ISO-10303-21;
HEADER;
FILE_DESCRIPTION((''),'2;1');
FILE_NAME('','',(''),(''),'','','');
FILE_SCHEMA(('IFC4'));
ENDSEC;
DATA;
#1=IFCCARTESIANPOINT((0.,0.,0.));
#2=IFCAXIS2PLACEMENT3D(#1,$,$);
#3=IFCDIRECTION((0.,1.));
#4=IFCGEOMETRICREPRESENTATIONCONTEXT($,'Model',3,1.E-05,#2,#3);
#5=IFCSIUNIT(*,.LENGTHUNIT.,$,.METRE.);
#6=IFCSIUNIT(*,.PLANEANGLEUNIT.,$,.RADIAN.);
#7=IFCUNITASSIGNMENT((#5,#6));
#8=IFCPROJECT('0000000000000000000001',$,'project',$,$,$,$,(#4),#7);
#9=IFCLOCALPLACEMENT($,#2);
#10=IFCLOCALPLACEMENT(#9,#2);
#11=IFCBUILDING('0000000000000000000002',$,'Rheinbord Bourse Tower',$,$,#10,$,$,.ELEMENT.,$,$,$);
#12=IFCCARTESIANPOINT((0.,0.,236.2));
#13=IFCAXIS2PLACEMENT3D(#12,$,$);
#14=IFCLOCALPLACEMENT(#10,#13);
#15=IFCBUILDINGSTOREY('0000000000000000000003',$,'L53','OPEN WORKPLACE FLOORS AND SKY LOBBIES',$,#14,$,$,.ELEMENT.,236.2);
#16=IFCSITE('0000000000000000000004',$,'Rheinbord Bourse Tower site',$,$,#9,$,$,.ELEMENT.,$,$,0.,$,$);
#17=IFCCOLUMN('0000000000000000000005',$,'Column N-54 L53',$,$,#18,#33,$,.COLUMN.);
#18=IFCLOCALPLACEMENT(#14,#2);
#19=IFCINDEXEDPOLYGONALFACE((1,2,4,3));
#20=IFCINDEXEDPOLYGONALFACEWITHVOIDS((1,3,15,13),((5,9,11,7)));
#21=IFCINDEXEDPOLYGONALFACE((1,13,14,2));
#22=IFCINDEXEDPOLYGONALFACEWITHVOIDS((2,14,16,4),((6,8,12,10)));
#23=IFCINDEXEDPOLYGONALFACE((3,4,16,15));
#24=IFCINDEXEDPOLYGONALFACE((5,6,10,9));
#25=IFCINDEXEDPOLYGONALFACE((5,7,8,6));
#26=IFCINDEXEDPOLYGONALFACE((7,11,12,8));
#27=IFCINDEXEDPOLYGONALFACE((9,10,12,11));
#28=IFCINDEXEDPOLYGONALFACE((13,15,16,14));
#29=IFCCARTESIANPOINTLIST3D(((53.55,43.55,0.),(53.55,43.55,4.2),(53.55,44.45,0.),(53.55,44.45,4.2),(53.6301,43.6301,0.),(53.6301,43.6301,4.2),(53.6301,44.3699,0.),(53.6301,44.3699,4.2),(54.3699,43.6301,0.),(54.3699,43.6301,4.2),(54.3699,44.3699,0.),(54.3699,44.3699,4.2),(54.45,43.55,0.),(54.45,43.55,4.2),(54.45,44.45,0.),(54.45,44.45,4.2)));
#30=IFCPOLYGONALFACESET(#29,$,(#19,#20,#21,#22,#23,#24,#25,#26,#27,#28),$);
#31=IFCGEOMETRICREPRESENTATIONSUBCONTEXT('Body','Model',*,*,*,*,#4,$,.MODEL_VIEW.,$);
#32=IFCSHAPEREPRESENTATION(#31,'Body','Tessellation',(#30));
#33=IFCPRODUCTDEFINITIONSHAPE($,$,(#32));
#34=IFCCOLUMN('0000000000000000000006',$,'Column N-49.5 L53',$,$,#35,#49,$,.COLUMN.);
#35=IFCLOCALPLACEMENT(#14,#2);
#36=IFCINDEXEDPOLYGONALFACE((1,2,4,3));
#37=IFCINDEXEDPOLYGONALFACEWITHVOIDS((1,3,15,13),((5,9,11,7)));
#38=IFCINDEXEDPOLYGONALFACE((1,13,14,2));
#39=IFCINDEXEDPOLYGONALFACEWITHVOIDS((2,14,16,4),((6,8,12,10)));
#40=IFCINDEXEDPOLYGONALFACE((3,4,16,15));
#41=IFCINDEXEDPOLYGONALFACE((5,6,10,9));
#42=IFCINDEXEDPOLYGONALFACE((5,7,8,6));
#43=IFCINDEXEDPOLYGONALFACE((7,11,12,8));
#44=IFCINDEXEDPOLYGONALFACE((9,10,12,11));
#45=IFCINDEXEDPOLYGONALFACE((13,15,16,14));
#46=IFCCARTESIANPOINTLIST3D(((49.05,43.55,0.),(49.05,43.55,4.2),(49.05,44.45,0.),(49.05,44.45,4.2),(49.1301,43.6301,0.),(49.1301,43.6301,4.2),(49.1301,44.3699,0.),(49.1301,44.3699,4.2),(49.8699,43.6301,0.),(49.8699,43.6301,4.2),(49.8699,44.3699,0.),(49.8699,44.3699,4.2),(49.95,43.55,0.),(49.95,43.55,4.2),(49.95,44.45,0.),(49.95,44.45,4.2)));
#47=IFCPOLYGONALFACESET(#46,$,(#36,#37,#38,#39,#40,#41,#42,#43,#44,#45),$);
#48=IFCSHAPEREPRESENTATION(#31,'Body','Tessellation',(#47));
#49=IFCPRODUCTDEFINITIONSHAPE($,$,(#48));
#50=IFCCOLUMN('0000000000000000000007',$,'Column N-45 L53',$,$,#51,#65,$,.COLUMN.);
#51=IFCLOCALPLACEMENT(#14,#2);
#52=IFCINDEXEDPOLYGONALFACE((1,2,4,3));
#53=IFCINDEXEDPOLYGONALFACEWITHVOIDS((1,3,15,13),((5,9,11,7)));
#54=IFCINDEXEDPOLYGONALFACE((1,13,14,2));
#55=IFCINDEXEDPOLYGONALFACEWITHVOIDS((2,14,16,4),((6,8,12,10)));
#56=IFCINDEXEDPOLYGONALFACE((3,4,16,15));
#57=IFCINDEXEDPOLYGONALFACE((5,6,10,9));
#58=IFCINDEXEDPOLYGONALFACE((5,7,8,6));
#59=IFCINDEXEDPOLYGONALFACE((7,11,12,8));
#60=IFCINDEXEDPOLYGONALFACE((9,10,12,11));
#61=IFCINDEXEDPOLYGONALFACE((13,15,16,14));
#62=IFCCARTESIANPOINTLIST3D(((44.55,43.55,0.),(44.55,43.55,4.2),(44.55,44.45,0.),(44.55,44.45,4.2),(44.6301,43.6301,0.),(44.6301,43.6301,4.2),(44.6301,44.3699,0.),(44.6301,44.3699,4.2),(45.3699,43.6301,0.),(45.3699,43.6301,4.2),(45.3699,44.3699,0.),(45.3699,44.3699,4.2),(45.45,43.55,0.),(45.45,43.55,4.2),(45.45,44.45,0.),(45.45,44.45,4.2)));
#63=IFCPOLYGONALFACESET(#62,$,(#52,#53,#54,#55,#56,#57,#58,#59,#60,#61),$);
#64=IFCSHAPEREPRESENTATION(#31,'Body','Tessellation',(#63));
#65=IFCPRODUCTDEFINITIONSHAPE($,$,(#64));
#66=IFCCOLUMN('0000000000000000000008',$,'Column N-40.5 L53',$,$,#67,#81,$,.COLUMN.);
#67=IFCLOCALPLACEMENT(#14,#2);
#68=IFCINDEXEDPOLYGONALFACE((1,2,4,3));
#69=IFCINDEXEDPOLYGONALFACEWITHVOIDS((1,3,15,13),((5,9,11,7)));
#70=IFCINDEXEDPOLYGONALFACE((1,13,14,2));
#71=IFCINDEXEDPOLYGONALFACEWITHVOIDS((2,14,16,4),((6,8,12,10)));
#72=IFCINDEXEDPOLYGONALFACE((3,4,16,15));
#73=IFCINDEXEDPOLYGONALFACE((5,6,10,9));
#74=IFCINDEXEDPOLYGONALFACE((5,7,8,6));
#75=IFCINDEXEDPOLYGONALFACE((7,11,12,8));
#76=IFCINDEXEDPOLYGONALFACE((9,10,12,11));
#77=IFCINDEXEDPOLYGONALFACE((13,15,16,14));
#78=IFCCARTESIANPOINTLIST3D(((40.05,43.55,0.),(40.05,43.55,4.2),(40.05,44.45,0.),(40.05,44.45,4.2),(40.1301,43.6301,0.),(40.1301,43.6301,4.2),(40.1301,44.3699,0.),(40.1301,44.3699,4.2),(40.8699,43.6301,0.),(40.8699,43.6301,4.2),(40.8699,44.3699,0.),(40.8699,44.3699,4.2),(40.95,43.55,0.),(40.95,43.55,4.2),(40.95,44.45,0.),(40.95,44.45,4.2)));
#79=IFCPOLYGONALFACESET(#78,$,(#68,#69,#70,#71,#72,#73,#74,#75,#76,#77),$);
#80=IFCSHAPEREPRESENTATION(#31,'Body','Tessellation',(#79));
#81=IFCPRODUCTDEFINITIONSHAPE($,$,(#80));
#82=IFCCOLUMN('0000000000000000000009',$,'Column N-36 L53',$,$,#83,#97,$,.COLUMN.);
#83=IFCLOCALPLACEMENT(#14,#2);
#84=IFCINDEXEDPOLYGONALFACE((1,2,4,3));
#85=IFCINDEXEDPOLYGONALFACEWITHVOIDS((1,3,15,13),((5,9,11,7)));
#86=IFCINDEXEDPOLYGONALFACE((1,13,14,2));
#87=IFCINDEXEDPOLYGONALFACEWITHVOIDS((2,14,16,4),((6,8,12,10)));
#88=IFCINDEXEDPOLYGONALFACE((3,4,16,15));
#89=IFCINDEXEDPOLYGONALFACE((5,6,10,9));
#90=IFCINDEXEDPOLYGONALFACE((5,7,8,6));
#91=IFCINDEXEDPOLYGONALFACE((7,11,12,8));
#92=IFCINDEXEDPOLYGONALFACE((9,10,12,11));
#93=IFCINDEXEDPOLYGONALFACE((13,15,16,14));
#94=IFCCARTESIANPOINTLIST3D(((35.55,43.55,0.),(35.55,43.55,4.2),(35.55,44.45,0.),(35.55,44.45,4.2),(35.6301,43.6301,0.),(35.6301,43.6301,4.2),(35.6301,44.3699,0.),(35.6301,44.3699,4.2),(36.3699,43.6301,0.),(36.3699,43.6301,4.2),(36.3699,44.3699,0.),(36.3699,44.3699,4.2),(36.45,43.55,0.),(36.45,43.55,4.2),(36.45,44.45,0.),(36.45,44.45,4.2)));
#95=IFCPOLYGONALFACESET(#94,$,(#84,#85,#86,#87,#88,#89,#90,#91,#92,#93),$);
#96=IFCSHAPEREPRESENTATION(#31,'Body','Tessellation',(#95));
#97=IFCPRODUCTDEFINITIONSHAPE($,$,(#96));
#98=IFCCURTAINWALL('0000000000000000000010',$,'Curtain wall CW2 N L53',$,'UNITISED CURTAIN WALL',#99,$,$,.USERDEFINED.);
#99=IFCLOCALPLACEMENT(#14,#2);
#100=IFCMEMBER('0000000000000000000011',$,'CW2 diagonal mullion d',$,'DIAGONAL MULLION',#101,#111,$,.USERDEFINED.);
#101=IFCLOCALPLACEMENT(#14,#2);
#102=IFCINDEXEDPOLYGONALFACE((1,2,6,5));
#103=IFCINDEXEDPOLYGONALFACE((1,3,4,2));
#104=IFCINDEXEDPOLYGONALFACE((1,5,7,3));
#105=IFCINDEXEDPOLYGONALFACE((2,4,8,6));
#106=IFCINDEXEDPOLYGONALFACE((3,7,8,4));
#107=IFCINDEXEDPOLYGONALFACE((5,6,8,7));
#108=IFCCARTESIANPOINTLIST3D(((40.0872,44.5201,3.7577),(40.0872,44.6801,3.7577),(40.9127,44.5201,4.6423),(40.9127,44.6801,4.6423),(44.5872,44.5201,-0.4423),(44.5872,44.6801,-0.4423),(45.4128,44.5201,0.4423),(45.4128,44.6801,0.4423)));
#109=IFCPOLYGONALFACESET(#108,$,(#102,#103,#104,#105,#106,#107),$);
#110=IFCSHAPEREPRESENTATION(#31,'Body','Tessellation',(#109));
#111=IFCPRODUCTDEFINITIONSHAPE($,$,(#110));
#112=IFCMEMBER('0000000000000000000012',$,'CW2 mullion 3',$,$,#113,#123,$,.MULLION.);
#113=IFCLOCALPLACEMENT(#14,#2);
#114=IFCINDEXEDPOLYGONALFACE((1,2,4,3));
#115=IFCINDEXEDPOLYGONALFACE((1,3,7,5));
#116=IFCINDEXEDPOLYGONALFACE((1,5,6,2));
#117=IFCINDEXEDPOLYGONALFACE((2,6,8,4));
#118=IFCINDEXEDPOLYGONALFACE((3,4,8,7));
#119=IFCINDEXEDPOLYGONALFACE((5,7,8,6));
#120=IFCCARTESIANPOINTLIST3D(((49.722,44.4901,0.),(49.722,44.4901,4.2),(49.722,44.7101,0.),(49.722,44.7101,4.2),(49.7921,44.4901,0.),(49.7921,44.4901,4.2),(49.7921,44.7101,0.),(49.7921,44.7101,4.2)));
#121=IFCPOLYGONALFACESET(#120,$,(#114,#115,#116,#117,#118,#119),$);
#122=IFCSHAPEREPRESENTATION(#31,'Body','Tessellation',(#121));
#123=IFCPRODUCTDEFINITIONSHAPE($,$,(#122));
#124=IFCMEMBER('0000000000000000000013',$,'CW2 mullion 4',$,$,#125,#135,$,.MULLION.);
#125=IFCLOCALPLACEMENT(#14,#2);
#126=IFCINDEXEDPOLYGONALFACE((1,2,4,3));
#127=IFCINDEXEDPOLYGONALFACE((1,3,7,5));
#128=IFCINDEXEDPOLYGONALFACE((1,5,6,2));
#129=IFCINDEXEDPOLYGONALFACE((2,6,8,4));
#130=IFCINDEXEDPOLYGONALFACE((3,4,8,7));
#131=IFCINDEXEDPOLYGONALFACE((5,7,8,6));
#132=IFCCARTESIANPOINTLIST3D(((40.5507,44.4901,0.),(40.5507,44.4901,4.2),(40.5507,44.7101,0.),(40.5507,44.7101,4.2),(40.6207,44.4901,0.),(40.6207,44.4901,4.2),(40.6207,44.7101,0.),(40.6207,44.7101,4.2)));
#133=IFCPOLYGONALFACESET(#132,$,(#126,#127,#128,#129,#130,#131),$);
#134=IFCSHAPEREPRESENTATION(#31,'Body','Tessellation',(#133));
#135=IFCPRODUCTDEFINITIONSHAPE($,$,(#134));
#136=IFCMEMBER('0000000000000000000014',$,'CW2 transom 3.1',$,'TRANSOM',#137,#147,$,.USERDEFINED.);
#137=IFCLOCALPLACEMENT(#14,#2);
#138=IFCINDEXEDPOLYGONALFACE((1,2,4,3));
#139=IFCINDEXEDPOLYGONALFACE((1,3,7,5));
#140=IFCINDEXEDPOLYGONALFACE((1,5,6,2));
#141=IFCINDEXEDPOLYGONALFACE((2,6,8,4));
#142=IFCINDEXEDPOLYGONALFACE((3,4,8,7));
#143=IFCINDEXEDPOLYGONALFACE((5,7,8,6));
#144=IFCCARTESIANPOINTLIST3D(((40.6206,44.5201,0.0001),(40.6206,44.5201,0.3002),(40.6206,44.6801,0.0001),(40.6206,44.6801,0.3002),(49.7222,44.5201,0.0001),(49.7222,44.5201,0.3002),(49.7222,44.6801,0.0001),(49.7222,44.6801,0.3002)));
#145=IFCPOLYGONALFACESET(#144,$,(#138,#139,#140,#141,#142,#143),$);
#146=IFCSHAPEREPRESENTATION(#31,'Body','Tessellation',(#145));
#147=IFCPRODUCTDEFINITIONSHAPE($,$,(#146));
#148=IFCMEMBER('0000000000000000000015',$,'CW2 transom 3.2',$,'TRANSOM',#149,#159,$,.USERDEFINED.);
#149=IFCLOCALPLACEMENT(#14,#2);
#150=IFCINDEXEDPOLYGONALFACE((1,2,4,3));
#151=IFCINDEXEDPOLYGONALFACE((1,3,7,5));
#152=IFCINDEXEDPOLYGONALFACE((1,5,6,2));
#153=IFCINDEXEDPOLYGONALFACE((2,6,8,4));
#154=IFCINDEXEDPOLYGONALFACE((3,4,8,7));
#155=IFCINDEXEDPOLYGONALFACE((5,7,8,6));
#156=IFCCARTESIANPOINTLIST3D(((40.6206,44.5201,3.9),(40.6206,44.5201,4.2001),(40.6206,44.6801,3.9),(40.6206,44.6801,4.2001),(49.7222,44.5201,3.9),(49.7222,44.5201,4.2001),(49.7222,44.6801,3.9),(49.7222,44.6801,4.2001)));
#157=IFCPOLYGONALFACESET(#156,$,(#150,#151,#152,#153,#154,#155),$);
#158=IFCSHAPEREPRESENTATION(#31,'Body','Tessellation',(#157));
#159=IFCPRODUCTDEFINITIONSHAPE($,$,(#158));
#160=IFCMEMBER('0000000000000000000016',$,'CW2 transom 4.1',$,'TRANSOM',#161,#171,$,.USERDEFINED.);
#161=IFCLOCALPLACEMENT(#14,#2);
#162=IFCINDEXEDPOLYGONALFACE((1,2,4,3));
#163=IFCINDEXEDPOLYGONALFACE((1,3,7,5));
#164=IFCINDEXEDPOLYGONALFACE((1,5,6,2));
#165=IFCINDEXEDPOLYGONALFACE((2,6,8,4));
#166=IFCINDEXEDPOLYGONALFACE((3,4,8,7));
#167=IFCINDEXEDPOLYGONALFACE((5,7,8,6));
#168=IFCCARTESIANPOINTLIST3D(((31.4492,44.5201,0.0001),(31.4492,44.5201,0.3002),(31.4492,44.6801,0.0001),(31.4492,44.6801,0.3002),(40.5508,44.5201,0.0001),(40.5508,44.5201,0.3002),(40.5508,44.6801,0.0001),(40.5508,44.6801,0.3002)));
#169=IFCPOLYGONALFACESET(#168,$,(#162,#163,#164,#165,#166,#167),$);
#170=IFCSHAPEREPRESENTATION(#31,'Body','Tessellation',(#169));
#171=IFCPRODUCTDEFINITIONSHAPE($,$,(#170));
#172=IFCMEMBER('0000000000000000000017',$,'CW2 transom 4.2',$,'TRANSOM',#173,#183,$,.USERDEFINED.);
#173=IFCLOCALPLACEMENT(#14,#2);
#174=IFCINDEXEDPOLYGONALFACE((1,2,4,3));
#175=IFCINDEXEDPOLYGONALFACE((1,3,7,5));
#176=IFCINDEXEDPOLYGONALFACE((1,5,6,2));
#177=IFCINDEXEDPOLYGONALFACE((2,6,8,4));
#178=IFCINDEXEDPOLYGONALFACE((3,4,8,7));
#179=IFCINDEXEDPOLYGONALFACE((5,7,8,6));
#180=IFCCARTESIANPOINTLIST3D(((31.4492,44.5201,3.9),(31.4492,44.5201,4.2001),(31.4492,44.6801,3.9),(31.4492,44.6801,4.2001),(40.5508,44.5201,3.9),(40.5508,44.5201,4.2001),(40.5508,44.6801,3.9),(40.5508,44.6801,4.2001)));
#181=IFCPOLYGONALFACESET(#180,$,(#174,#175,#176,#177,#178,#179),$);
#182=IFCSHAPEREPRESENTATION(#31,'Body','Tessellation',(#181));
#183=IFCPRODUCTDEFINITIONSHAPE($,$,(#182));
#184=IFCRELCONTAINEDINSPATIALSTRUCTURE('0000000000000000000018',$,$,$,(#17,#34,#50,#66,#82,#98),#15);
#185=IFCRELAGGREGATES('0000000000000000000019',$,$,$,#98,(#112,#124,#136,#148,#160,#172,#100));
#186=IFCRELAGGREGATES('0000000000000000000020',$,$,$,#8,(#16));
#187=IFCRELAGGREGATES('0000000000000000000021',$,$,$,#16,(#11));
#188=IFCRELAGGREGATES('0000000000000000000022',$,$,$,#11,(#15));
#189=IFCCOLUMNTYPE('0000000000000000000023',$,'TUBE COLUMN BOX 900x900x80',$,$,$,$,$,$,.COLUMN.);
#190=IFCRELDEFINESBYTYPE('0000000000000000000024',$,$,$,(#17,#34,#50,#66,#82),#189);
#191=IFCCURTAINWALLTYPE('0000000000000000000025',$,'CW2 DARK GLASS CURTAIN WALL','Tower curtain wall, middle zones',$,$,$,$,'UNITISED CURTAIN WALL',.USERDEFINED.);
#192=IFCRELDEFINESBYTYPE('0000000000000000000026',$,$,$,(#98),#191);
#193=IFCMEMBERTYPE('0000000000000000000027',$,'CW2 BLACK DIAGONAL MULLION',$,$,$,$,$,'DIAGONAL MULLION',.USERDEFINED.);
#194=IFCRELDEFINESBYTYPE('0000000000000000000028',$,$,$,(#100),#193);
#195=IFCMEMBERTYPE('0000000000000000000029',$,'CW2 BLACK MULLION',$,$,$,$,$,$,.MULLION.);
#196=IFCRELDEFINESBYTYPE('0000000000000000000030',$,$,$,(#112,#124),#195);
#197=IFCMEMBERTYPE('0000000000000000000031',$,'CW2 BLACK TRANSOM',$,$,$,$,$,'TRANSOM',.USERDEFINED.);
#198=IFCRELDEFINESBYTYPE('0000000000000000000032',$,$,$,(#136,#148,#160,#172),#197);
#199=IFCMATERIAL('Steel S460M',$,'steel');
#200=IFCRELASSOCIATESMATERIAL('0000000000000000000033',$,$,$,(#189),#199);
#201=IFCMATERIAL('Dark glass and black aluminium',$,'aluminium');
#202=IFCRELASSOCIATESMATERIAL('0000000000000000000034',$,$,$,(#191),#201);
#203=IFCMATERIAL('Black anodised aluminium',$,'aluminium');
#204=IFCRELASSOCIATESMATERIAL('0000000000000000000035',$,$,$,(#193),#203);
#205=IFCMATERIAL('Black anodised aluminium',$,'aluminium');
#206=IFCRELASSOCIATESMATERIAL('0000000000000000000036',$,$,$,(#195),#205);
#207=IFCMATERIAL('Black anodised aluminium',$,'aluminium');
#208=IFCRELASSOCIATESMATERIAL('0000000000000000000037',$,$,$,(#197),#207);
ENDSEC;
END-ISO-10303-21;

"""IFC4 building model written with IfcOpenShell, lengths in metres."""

from ifc_helpers import new_model, si_unit, direction, frame, origin, origin_2d, place, context, subcontext, project, spatial, rectangle, hollow_rectangle, extrude, material, material_profile, profile_set, type_object, element, aggregate, save


model = new_model("IFC4")

# Units and contexts
model_context = context("Model", 3, precision=1e-05, world=origin(), true_north=direction((0.0, 1.0)))
body_context = subcontext(model_context, "Body", "Model", "MODEL_VIEW")
ifc_project = project(units=[si_unit("LENGTHUNIT", "METRE"), si_unit("PLANEANGLEUNIT", "RADIAN")], contexts=[model_context])

# Site, building, storey
site_placement = place(None, origin())
site = spatial("IfcSite", under=ifc_project, at=site_placement, Name="Rheinbord Bourse Tower site", CompositionType="ELEMENT", RefElevation=0.0)
building_placement = place(site_placement, origin())
building = spatial("IfcBuilding", under=site, at=building_placement, Name="Rheinbord Bourse Tower", CompositionType="ELEMENT")
storey_placement = place(building_placement, frame((0.0, 0.0, 236.2)))
storey = spatial("IfcBuildingStorey", under=building, at=storey_placement, Name="L53", Description="OPEN WORKPLACE FLOORS AND SKY LOBBIES", CompositionType="ELEMENT", Elevation=236.2)

# Columns
ifc_material_1 = material(Name="Steel S460M", Category="steel")
ifc_material_profile_1 = material_profile(ifc_material_1, hollow_rectangle(XDim=0.8999, YDim=0.8999, WallThickness=0.0801, at=origin_2d()), Name="BOX 900x900x80")
ifc_profile_set_1 = profile_set([ifc_material_profile_1], Name="Steel S460M")
column_type = type_object("IfcColumnType", Name="TUBE COLUMN BOX 900x900x80", PredefinedType="COLUMN", material=ifc_profile_set_1)
for number, where, z_axis, x_axis, name in (
    (1, (54.0, 44.0, 0.0), (0.0, 0.0, 1.0), (0.0, 1.0, 0.0), "Column N-54 L53"),
    (2, (49.5, 44.0, 0.0), (0.0, 0.0, 1.0), (0.0, 1.0, 0.0), "Column N-49.5 L53"),
    (3, (45.0, 44.0, 0.0), (0.0, 0.0, 1.0), (0.0, 1.0, 0.0), "Column N-45 L53"),
    (4, (40.5, 44.0, 0.0), (0.0, 0.0, 1.0), (0.0, 1.0, 0.0), "Column N-40.5 L53"),
    (5, (36.0, 44.0, 0.0), (0.0, 0.0, 1.0), (0.0, 1.0, 0.0), "Column N-36 L53"),
):
    element("IfcColumn", number, at=place(storey_placement, frame(where, z_axis=z_axis, x_axis=x_axis)), inside=storey, type_object=column_type, Name=name, PredefinedType="COLUMN", context=body_context, shape_type="SweptSolid", body=[
        extrude(hollow_rectangle(XDim=0.8999, YDim=0.8999, WallThickness=0.0801, at=origin_2d()), origin(), (0.0, 0.0, 1.0), 4.2),
    ])

# Curtain wall, members
ifc_material_2 = material(Name="Dark glass and black aluminium", Category="aluminium")
curtain_wall_type = type_object("IfcCurtainWallType", Name="CW2 DARK GLASS CURTAIN WALL", Description="Tower curtain wall, middle zones", ElementType="UNITISED CURTAIN WALL", PredefinedType="USERDEFINED", material=ifc_material_2)
curtain_wall_placement = place(storey_placement, origin())
curtain_wall = element("IfcCurtainWall", 6, at=curtain_wall_placement, inside=storey, type_object=curtain_wall_type, Name="Curtain wall CW2 N L53", ObjectType="UNITISED CURTAIN WALL", PredefinedType="USERDEFINED")
ifc_material_3 = material(Name="Black anodised aluminium", Category="aluminium")
ifc_material_profile_2 = material_profile(ifc_material_3, rectangle(XDim=0.1599, YDim=1.21, at=origin_2d()), Name="CW2 DIAGONAL MULLION 1210x160")
ifc_profile_set_2 = profile_set([ifc_material_profile_2], Name="Black anodised aluminium")
member_type_1 = type_object("IfcMemberType", Name="CW2 BLACK DIAGONAL MULLION", ElementType="DIAGONAL MULLION", PredefinedType="USERDEFINED", material=ifc_profile_set_2)
member_1_placement = place(storey_placement, frame((45.0, 44.6001, 0.0), z_axis=(-0.731059, 0.0, 0.682314), x_axis=(0.0, -1.0, 0.0)))
member_1 = element("IfcMember", 7, at=member_1_placement, type_object=member_type_1, Name="CW2 diagonal mullion d", ObjectType="DIAGONAL MULLION", PredefinedType="USERDEFINED", context=body_context, shape_type="SweptSolid", body=[
    extrude(rectangle(XDim=0.1599, YDim=1.21, at=origin_2d()), origin(), (0.0, 0.0, 1.0), 6.1555),
])
ifc_material_4 = material(Name="Black anodised aluminium", Category="aluminium")
ifc_material_profile_3 = material_profile(ifc_material_4, rectangle(XDim=0.22, YDim=0.0701, at=origin_2d()), Name="CW2 MULLION 70x220")
ifc_profile_set_3 = profile_set([ifc_material_profile_3], Name="Black anodised aluminium")
member_type_2 = type_object("IfcMemberType", Name="CW2 BLACK MULLION", PredefinedType="MULLION", material=ifc_profile_set_3)
member_2_placement = place(storey_placement, frame((49.7571, 44.6001, 0.0), z_axis=(0.0, 0.0, 1.0), x_axis=(0.0, -1.0, 0.0)))
member_2 = element("IfcMember", 8, at=member_2_placement, type_object=member_type_2, Name="CW2 mullion 3", PredefinedType="MULLION", context=body_context, shape_type="SweptSolid", body=[
    extrude(rectangle(XDim=0.22, YDim=0.0701, at=origin_2d()), origin(), (0.0, 0.0, 1.0), 4.2),
])
member_3_placement = place(storey_placement, frame((40.5857, 44.6001, 0.0), z_axis=(0.0, 0.0, 1.0), x_axis=(0.0, -1.0, 0.0)))
member_3 = element("IfcMember", 9, at=member_3_placement, type_object=member_type_2, Name="CW2 mullion 4", PredefinedType="MULLION", context=body_context, shape_type="SweptSolid", body=[
    extrude(rectangle(XDim=0.22, YDim=0.0701, at=origin_2d()), origin(), (0.0, 0.0, 1.0), 4.2),
])
ifc_material_5 = material(Name="Black anodised aluminium", Category="aluminium")
ifc_material_profile_4 = material_profile(ifc_material_5, rectangle(XDim=0.1599, YDim=0.3, at=origin_2d()), Name="CW2 TRANSOM 300x160")
ifc_profile_set_4 = profile_set([ifc_material_profile_4], Name="Black anodised aluminium")
member_type_3 = type_object("IfcMemberType", Name="CW2 BLACK TRANSOM", ElementType="TRANSOM", PredefinedType="USERDEFINED", material=ifc_profile_set_4)
member_4_placement = place(storey_placement, frame((49.7222, 44.6001, 0.1501), z_axis=(-1.0, 0.0, 0.0), x_axis=(0.0, -1.0, 0.0)))
member_4 = element("IfcMember", 10, at=member_4_placement, type_object=member_type_3, Name="CW2 transom 3.1", ObjectType="TRANSOM", PredefinedType="USERDEFINED", context=body_context, shape_type="SweptSolid", body=[
    extrude(rectangle(XDim=0.1599, YDim=0.3, at=origin_2d()), origin(), (0.0, 0.0, 1.0), 9.1016),
])
member_5_placement = place(storey_placement, frame((49.7222, 44.6001, 4.05), z_axis=(-1.0, 0.0, 0.0), x_axis=(0.0, -1.0, 0.0)))
member_5 = element("IfcMember", 11, at=member_5_placement, type_object=member_type_3, Name="CW2 transom 3.2", ObjectType="TRANSOM", PredefinedType="USERDEFINED", context=body_context, shape_type="SweptSolid", body=[
    extrude(rectangle(XDim=0.1599, YDim=0.3, at=origin_2d()), origin(), (0.0, 0.0, 1.0), 9.1016),
])
member_6_placement = place(storey_placement, frame((40.5508, 44.6001, 0.1501), z_axis=(-1.0, 0.0, 0.0), x_axis=(0.0, -1.0, 0.0)))
member_6 = element("IfcMember", 12, at=member_6_placement, type_object=member_type_3, Name="CW2 transom 4.1", ObjectType="TRANSOM", PredefinedType="USERDEFINED", context=body_context, shape_type="SweptSolid", body=[
    extrude(rectangle(XDim=0.1599, YDim=0.3, at=origin_2d()), origin(), (0.0, 0.0, 1.0), 9.1016),
])
member_7_placement = place(storey_placement, frame((40.5508, 44.6001, 4.05), z_axis=(-1.0, 0.0, 0.0), x_axis=(0.0, -1.0, 0.0)))
member_7 = element("IfcMember", 13, at=member_7_placement, type_object=member_type_3, Name="CW2 transom 4.2", ObjectType="TRANSOM", PredefinedType="USERDEFINED", context=body_context, shape_type="SweptSolid", body=[
    extrude(rectangle(XDim=0.1599, YDim=0.3, at=origin_2d()), origin(), (0.0, 0.0, 1.0), 9.1016),
])

aggregate(curtain_wall, [member_2, member_3, member_4, member_5, member_6, member_7, member_1])

save(model, "model.ifc")
